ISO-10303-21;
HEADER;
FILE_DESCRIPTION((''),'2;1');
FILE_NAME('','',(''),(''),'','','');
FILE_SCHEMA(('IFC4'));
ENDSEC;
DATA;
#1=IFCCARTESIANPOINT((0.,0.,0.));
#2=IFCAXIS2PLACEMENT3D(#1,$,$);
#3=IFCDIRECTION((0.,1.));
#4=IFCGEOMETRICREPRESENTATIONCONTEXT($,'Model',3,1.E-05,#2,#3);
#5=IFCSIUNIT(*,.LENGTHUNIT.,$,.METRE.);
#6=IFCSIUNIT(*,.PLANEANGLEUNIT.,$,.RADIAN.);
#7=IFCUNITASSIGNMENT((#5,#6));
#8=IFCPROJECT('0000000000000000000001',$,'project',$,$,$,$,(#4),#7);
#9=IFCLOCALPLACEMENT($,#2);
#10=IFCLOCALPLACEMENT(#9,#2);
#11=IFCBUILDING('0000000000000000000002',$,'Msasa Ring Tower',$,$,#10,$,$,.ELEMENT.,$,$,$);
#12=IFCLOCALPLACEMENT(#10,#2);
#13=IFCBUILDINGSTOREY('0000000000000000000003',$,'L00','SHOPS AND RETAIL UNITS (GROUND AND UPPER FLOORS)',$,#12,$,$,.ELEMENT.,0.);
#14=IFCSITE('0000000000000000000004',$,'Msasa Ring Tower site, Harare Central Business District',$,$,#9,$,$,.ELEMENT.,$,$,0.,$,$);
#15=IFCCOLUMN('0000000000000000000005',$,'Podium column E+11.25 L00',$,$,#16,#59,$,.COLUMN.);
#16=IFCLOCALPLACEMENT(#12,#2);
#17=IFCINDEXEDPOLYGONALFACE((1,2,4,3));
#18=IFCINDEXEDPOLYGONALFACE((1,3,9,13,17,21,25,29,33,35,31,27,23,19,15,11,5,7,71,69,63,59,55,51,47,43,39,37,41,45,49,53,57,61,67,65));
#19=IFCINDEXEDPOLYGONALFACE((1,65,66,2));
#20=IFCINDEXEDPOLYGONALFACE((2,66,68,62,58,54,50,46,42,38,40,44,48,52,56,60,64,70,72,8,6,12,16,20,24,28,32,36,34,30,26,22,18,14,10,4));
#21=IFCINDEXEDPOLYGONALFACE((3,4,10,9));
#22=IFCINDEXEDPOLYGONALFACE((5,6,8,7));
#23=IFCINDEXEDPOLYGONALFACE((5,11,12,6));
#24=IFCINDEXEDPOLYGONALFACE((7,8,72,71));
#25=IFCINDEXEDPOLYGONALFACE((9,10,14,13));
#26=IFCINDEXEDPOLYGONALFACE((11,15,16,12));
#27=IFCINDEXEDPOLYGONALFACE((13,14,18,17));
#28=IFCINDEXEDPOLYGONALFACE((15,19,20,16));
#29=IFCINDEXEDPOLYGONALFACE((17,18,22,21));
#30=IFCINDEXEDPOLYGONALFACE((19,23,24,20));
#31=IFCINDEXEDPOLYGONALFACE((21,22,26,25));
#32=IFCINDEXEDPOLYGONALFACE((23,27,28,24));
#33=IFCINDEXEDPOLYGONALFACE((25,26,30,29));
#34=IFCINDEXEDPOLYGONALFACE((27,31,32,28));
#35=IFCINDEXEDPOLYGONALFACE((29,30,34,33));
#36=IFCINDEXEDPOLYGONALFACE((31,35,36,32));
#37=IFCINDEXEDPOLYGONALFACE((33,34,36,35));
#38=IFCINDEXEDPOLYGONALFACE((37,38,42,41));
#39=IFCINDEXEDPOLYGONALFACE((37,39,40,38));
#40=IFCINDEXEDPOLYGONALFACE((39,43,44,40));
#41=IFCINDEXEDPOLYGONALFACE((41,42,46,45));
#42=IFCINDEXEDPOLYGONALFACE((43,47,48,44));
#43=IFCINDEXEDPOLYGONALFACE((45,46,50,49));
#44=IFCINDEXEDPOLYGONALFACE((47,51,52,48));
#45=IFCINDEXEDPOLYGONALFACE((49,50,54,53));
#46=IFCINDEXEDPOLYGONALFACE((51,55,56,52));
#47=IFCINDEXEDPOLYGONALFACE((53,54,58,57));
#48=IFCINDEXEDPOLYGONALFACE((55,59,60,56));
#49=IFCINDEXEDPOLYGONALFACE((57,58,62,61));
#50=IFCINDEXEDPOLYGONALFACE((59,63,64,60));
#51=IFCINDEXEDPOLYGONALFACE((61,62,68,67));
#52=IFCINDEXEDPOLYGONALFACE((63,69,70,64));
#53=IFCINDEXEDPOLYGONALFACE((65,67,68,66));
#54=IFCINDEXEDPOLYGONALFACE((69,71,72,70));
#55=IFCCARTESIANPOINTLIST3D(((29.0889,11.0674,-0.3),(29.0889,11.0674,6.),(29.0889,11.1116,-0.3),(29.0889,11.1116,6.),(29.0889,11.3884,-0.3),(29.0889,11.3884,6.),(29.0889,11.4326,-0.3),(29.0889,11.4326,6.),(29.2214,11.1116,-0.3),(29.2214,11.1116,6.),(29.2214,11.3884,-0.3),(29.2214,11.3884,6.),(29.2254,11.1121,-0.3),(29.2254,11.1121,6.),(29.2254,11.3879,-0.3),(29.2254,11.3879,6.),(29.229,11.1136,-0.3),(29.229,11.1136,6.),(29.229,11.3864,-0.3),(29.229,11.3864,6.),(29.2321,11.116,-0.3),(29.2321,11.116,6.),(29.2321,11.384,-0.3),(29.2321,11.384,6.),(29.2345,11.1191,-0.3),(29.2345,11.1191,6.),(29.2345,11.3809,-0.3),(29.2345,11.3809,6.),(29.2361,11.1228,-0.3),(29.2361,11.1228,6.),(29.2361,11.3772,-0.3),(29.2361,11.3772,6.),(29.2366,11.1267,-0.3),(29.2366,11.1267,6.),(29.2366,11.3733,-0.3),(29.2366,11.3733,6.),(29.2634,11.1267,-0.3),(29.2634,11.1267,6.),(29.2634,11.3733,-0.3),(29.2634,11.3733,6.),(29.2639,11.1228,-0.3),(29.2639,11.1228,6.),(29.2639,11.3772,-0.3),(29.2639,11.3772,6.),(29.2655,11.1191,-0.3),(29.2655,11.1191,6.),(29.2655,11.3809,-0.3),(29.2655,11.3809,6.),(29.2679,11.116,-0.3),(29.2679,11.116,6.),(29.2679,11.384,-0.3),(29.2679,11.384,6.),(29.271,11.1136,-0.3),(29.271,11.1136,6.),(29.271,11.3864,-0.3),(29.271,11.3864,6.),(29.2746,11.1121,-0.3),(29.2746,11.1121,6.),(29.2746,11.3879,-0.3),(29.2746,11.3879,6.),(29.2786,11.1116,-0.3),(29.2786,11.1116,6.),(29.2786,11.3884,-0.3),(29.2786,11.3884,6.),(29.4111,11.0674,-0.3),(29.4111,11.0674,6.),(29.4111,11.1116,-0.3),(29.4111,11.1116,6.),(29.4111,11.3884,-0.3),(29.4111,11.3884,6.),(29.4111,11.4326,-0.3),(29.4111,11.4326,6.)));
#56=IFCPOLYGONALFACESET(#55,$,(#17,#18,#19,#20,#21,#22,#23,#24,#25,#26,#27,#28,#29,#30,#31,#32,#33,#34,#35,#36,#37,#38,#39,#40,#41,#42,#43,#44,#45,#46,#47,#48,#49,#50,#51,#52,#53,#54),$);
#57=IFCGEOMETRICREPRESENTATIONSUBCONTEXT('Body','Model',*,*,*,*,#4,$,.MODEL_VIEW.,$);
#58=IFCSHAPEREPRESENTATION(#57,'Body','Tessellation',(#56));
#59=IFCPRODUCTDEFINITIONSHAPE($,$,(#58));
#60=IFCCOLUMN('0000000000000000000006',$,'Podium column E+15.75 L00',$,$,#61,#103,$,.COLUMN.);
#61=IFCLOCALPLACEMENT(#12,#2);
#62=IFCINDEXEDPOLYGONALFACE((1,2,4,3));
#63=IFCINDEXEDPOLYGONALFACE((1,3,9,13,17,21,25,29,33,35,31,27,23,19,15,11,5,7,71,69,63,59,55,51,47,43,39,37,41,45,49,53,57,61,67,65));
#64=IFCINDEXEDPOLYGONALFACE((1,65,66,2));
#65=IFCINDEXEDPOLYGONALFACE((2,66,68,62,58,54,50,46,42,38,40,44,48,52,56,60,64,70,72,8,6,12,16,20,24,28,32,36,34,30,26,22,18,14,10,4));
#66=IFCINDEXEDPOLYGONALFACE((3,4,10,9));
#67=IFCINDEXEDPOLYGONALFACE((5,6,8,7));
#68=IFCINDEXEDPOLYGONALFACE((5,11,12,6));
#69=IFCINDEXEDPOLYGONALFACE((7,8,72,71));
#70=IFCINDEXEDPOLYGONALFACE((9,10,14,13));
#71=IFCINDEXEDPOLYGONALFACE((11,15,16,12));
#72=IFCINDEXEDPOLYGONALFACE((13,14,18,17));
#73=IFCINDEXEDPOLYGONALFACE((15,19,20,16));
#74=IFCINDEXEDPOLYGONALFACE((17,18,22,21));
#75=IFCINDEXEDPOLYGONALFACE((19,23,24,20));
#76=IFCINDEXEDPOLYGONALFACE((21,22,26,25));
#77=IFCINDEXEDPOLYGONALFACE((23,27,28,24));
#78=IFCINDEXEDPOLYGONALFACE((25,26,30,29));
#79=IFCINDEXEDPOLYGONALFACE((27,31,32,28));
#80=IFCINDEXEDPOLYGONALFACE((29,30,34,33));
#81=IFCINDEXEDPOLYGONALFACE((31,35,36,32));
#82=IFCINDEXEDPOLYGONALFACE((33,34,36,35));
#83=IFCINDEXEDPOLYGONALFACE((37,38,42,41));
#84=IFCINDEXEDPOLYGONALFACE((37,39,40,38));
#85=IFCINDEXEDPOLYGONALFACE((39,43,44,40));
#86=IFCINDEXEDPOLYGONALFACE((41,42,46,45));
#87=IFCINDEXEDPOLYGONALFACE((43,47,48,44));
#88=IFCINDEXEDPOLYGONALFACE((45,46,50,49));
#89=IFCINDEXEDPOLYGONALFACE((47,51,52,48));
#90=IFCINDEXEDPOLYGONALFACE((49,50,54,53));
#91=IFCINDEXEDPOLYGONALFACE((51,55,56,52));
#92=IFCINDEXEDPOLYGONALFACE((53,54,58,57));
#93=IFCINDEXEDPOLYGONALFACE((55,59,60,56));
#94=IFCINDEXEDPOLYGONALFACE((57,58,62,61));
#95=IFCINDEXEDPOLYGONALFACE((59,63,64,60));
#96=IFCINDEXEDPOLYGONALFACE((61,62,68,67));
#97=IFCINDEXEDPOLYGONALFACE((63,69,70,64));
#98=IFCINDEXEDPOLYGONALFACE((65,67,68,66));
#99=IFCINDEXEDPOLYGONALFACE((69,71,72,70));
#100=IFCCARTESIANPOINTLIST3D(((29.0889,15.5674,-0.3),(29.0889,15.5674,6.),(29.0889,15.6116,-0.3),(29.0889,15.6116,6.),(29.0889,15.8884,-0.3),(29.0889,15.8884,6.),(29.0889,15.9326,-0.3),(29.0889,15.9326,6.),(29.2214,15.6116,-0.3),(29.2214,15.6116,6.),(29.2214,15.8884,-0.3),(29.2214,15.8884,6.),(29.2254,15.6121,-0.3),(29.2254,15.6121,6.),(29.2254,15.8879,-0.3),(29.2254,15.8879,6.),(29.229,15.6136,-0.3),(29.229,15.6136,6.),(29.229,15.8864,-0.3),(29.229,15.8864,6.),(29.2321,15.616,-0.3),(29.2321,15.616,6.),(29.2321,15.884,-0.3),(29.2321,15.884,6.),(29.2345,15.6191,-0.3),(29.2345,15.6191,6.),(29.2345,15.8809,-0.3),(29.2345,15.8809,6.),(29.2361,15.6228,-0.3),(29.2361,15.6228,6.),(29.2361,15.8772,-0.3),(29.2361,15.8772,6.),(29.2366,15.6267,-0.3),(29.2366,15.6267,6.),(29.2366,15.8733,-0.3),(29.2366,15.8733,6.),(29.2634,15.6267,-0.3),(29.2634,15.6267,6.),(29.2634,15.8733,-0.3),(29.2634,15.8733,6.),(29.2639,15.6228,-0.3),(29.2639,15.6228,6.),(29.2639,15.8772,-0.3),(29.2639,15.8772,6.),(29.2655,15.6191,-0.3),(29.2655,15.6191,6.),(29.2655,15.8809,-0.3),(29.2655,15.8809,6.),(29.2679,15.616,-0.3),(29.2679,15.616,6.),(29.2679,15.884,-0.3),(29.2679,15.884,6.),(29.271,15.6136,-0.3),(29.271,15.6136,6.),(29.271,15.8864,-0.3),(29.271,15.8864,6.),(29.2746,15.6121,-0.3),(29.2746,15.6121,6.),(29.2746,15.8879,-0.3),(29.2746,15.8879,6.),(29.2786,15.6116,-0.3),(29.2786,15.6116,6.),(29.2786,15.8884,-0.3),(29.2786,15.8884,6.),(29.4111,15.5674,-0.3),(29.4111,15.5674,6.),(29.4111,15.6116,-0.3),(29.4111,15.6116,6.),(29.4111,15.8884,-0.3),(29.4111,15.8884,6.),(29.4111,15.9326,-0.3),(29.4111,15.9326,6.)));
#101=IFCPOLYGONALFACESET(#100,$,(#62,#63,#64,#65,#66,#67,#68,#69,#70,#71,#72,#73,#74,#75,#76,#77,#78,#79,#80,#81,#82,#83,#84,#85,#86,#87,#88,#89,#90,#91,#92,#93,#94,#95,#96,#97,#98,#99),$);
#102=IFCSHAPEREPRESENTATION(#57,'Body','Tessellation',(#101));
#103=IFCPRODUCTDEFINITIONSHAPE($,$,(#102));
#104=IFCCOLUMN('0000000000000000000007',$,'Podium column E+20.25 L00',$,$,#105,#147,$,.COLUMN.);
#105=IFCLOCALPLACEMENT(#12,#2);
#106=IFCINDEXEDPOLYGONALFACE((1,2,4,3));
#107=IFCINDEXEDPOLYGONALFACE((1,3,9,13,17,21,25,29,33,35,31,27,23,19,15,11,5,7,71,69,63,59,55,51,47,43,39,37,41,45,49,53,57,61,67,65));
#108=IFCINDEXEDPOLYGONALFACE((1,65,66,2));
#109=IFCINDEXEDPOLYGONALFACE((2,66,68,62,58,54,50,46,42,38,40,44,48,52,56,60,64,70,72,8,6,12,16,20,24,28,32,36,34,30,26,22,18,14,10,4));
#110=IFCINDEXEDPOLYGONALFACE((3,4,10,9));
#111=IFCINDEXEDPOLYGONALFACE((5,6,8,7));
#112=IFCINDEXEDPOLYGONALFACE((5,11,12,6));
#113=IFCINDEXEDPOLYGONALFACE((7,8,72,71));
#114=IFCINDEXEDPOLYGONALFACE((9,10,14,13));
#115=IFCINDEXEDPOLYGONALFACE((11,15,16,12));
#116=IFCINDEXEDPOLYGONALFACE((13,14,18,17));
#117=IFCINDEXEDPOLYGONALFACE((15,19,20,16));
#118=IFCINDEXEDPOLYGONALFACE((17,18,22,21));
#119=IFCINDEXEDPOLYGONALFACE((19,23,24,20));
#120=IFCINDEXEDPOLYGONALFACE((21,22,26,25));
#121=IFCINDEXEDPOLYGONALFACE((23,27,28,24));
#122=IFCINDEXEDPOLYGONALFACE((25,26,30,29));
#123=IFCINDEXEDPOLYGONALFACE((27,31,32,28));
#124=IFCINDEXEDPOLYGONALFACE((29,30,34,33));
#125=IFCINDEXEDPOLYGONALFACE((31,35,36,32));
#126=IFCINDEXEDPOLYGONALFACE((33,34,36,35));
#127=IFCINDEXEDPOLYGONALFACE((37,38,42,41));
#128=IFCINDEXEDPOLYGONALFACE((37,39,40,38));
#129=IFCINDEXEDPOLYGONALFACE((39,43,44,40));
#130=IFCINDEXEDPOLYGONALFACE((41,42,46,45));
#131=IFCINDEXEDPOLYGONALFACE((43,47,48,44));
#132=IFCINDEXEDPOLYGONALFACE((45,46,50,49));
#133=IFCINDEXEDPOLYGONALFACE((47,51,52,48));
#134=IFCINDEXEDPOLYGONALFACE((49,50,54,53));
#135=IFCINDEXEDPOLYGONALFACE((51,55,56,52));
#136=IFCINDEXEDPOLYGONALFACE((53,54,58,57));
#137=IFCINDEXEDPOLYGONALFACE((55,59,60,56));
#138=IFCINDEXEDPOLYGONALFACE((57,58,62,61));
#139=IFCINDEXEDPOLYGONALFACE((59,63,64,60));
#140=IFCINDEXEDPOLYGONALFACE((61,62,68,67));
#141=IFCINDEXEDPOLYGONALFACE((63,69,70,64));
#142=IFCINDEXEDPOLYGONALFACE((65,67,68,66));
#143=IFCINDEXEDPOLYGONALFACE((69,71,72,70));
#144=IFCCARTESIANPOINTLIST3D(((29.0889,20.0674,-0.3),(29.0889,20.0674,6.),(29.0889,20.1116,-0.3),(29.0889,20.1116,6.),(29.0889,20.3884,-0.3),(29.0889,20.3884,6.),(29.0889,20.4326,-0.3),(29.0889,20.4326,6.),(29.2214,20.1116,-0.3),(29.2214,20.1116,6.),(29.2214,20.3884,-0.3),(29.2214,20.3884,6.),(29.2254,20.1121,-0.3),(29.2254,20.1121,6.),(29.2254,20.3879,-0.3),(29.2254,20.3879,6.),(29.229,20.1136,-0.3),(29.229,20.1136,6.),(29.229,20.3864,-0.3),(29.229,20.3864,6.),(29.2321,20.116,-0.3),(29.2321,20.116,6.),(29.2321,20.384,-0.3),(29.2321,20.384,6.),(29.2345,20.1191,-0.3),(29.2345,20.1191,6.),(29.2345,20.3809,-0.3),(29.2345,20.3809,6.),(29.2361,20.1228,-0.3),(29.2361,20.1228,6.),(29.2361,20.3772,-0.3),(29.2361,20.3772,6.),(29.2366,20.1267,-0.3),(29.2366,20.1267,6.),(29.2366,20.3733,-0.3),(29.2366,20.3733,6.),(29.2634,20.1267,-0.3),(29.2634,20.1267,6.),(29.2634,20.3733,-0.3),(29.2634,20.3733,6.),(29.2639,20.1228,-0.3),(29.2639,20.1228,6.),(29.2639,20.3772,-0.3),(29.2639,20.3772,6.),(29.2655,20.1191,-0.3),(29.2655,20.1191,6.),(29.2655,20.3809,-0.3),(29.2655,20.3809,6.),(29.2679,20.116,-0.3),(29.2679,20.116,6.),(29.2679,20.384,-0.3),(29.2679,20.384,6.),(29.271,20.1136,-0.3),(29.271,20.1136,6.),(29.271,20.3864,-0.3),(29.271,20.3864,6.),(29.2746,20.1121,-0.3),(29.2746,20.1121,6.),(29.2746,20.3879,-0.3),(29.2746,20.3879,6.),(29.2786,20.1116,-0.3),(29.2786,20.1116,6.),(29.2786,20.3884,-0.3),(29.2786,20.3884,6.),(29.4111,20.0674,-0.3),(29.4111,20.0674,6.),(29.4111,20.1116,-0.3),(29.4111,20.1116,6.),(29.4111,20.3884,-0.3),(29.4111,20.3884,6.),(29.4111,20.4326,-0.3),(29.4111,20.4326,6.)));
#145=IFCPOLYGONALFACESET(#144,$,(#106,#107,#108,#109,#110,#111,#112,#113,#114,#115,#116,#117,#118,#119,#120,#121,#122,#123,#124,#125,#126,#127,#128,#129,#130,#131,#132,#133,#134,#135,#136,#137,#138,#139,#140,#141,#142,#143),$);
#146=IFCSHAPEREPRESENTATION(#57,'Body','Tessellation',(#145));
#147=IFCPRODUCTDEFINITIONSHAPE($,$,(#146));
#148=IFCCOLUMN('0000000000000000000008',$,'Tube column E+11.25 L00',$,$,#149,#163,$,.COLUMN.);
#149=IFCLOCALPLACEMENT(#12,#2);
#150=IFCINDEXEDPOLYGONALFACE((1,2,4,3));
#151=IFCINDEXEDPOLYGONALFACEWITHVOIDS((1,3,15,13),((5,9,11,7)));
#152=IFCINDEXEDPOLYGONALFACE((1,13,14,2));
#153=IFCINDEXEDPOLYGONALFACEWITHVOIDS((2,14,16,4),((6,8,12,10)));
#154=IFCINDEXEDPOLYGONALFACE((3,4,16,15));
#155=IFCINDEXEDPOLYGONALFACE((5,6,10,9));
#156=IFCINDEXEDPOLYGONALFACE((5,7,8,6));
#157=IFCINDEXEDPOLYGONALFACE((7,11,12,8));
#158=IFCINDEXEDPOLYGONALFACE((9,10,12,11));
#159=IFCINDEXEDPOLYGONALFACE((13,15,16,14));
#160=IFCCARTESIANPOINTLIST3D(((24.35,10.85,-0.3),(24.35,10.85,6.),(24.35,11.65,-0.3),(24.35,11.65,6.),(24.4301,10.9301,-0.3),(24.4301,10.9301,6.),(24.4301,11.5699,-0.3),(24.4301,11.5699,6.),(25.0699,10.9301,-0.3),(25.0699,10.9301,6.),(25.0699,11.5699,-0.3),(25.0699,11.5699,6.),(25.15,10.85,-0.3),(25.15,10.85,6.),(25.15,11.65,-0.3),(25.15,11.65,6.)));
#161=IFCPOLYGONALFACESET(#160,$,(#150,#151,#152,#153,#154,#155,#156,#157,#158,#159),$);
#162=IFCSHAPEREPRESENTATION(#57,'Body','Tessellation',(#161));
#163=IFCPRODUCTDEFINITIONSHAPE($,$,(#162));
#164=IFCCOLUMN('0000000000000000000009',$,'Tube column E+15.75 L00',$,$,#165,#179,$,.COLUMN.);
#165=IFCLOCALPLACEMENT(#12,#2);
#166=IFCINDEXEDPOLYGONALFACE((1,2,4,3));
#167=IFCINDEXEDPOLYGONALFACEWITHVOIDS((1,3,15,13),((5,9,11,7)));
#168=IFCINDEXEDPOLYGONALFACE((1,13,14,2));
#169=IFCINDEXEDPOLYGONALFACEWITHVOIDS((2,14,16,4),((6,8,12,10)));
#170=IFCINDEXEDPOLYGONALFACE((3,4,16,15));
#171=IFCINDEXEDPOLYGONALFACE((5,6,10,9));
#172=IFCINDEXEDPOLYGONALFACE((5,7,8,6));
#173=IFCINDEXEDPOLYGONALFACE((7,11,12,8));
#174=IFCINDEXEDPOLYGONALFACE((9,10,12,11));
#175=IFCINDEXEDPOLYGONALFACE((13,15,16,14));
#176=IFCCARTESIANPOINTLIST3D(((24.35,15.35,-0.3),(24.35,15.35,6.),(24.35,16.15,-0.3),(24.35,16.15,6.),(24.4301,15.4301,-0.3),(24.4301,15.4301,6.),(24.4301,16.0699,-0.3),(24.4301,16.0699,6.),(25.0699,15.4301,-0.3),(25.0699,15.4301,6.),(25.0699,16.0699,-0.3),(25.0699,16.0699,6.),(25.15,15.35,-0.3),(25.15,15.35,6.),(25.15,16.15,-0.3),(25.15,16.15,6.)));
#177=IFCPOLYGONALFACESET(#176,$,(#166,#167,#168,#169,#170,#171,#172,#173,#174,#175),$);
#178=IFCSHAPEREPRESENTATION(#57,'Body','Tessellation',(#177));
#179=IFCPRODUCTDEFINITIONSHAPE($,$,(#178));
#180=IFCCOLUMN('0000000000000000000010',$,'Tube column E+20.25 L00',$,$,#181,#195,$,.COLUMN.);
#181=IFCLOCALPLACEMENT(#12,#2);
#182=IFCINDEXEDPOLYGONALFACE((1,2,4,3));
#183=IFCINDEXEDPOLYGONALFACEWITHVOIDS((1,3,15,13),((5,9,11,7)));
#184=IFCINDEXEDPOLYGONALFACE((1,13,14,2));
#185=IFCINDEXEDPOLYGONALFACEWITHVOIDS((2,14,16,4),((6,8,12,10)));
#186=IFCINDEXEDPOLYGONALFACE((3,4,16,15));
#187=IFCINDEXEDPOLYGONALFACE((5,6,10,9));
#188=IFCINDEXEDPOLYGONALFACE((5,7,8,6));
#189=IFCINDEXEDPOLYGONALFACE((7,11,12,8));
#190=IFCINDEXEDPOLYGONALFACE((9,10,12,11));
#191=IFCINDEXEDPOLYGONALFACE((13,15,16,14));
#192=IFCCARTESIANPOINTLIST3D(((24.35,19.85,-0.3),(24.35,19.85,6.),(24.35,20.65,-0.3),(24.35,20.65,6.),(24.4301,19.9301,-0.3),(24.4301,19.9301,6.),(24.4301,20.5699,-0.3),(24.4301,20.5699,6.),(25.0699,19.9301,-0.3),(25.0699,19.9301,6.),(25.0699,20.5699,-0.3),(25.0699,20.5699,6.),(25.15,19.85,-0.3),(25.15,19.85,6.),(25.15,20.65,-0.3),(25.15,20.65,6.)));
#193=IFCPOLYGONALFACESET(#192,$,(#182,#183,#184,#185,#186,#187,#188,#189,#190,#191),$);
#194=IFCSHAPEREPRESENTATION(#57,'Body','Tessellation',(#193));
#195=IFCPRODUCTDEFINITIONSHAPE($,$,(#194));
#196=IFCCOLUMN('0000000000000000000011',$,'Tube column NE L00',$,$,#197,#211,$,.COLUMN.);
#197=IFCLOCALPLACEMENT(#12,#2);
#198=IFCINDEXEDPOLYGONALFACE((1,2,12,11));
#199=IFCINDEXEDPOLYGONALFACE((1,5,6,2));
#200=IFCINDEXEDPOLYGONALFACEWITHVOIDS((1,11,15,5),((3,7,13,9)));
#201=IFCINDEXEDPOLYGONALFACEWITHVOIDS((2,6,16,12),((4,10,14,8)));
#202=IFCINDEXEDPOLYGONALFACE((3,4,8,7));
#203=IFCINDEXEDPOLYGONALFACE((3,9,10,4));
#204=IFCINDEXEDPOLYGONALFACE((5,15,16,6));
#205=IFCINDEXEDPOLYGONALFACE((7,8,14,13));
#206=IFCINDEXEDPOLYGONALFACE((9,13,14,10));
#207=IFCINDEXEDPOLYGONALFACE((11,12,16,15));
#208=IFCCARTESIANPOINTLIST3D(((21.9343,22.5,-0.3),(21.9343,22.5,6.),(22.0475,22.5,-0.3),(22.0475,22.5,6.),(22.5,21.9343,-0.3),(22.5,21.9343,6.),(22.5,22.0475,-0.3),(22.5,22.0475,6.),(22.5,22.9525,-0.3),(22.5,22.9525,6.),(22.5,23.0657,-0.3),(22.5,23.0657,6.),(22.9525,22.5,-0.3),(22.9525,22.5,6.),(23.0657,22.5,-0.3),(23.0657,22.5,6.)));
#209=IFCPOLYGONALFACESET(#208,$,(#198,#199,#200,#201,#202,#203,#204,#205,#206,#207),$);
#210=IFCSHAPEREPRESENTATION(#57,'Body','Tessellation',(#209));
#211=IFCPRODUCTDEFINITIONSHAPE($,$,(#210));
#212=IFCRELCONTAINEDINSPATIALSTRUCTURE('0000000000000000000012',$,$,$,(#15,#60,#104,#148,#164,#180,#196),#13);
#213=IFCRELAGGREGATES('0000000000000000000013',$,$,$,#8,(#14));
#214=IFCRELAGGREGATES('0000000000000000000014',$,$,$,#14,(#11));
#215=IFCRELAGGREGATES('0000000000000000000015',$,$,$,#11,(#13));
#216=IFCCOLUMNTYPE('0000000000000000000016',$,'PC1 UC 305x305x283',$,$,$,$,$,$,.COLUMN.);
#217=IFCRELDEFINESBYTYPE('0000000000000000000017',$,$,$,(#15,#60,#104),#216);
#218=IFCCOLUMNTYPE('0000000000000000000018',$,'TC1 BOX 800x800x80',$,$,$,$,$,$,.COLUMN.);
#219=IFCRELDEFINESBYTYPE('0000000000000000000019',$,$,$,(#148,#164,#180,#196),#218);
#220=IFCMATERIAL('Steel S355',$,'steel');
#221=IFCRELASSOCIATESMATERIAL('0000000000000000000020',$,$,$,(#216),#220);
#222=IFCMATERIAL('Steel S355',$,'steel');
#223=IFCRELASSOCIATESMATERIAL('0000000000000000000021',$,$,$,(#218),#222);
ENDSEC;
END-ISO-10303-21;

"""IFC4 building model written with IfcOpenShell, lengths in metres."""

from ifc_helpers import new_model, si_unit, direction, frame, origin, origin_2d, place, context, subcontext, project, spatial, hollow_rectangle, i_section, extrude, material, material_profile, profile_set, type_object, element, save


model = new_model("IFC4")

# Units and contexts
model_context = context("Model", 3, precision=1e-05, world=origin(), true_north=direction((0.0, 1.0)))
body_context = subcontext(model_context, "Body", "Model", "MODEL_VIEW")
ifc_project = project(units=[si_unit("LENGTHUNIT", "METRE"), si_unit("PLANEANGLEUNIT", "RADIAN")], contexts=[model_context])

# Site, building, storey
site_placement = place(None, origin())
site = spatial("IfcSite", under=ifc_project, at=site_placement, Name="Msasa Ring Tower site, Harare Central Business District", CompositionType="ELEMENT", RefElevation=0.0)
building_placement = place(site_placement, origin())
building = spatial("IfcBuilding", under=site, at=building_placement, Name="Msasa Ring Tower", CompositionType="ELEMENT")
storey_placement = place(building_placement, origin())
storey = spatial("IfcBuildingStorey", under=building, at=storey_placement, Name="L00", Description="SHOPS AND RETAIL UNITS (GROUND AND UPPER FLOORS)", CompositionType="ELEMENT", Elevation=0.0)

# Columns
ifc_material_1 = material(Name="Steel S355", Category="steel")
ifc_material_profile_1 = material_profile(ifc_material_1, i_section(OverallWidth=0.3223, OverallDepth=0.3652, WebThickness=0.0269, FlangeThickness=0.0442, FilletRadius=0.0151, at=origin_2d()), Name="UC 305x305x283")
ifc_profile_set_1 = profile_set([ifc_material_profile_1], Name="Steel S355")
column_type_1 = type_object("IfcColumnType", Name="PC1 UC 305x305x283", PredefinedType="COLUMN", material=ifc_profile_set_1)
for number, where, z_axis, x_axis, name in (
    (1, (29.25, 11.25, -0.3), (0.0, 0.0, 1.0), (1.0, 0.0, 0.0), "Podium column E+11.25 L00"),
    (2, (29.25, 15.75, -0.3), (0.0, 0.0, 1.0), (1.0, 0.0, 0.0), "Podium column E+15.75 L00"),
    (3, (29.25, 20.25, -0.3), (0.0, 0.0, 1.0), (1.0, 0.0, 0.0), "Podium column E+20.25 L00"),
):
    element("IfcColumn", number, at=place(storey_placement, frame(where, z_axis=z_axis, x_axis=x_axis)), inside=storey, type_object=column_type_1, Name=name, PredefinedType="COLUMN", context=body_context, shape_type="SweptSolid", body=[
        extrude(i_section(OverallWidth=0.3223, OverallDepth=0.3652, WebThickness=0.0269, FlangeThickness=0.0442, FilletRadius=0.0151, at=origin_2d()), origin(), (0.0, 0.0, 1.0), 6.3),
    ])
ifc_material_2 = material(Name="Steel S355", Category="steel")
ifc_material_profile_2 = material_profile(ifc_material_2, hollow_rectangle(XDim=0.8, YDim=0.8, WallThickness=0.0801, at=origin_2d()), Name="BOX 800x800x80")
ifc_profile_set_2 = profile_set([ifc_material_profile_2], Name="Steel S355")
column_type_2 = type_object("IfcColumnType", Name="TC1 BOX 800x800x80", PredefinedType="COLUMN", material=ifc_profile_set_2)
for number, where, z_axis, x_axis, name in (
    (4, (24.75, 11.25, -0.3), (0.0, 0.0, 1.0), (1.0, 0.0, 0.0), "Tube column E+11.25 L00"),
    (5, (24.75, 15.75, -0.3), (0.0, 0.0, 1.0), (1.0, 0.0, 0.0), "Tube column E+15.75 L00"),
    (6, (24.75, 20.25, -0.3), (0.0, 0.0, 1.0), (1.0, 0.0, 0.0), "Tube column E+20.25 L00"),
    (7, (22.5, 22.5, -0.3), (0.0, 0.0, 1.0), (0.707107, 0.707107, 0.0), "Tube column NE L00"),
):
    element("IfcColumn", number, at=place(storey_placement, frame(where, z_axis=z_axis, x_axis=x_axis)), inside=storey, type_object=column_type_2, Name=name, PredefinedType="COLUMN", context=body_context, shape_type="SweptSolid", body=[
        extrude(hollow_rectangle(XDim=0.8, YDim=0.8, WallThickness=0.0801, at=origin_2d()), origin(), (0.0, 0.0, 1.0), 6.3),
    ])

save(model, "model.ifc")
